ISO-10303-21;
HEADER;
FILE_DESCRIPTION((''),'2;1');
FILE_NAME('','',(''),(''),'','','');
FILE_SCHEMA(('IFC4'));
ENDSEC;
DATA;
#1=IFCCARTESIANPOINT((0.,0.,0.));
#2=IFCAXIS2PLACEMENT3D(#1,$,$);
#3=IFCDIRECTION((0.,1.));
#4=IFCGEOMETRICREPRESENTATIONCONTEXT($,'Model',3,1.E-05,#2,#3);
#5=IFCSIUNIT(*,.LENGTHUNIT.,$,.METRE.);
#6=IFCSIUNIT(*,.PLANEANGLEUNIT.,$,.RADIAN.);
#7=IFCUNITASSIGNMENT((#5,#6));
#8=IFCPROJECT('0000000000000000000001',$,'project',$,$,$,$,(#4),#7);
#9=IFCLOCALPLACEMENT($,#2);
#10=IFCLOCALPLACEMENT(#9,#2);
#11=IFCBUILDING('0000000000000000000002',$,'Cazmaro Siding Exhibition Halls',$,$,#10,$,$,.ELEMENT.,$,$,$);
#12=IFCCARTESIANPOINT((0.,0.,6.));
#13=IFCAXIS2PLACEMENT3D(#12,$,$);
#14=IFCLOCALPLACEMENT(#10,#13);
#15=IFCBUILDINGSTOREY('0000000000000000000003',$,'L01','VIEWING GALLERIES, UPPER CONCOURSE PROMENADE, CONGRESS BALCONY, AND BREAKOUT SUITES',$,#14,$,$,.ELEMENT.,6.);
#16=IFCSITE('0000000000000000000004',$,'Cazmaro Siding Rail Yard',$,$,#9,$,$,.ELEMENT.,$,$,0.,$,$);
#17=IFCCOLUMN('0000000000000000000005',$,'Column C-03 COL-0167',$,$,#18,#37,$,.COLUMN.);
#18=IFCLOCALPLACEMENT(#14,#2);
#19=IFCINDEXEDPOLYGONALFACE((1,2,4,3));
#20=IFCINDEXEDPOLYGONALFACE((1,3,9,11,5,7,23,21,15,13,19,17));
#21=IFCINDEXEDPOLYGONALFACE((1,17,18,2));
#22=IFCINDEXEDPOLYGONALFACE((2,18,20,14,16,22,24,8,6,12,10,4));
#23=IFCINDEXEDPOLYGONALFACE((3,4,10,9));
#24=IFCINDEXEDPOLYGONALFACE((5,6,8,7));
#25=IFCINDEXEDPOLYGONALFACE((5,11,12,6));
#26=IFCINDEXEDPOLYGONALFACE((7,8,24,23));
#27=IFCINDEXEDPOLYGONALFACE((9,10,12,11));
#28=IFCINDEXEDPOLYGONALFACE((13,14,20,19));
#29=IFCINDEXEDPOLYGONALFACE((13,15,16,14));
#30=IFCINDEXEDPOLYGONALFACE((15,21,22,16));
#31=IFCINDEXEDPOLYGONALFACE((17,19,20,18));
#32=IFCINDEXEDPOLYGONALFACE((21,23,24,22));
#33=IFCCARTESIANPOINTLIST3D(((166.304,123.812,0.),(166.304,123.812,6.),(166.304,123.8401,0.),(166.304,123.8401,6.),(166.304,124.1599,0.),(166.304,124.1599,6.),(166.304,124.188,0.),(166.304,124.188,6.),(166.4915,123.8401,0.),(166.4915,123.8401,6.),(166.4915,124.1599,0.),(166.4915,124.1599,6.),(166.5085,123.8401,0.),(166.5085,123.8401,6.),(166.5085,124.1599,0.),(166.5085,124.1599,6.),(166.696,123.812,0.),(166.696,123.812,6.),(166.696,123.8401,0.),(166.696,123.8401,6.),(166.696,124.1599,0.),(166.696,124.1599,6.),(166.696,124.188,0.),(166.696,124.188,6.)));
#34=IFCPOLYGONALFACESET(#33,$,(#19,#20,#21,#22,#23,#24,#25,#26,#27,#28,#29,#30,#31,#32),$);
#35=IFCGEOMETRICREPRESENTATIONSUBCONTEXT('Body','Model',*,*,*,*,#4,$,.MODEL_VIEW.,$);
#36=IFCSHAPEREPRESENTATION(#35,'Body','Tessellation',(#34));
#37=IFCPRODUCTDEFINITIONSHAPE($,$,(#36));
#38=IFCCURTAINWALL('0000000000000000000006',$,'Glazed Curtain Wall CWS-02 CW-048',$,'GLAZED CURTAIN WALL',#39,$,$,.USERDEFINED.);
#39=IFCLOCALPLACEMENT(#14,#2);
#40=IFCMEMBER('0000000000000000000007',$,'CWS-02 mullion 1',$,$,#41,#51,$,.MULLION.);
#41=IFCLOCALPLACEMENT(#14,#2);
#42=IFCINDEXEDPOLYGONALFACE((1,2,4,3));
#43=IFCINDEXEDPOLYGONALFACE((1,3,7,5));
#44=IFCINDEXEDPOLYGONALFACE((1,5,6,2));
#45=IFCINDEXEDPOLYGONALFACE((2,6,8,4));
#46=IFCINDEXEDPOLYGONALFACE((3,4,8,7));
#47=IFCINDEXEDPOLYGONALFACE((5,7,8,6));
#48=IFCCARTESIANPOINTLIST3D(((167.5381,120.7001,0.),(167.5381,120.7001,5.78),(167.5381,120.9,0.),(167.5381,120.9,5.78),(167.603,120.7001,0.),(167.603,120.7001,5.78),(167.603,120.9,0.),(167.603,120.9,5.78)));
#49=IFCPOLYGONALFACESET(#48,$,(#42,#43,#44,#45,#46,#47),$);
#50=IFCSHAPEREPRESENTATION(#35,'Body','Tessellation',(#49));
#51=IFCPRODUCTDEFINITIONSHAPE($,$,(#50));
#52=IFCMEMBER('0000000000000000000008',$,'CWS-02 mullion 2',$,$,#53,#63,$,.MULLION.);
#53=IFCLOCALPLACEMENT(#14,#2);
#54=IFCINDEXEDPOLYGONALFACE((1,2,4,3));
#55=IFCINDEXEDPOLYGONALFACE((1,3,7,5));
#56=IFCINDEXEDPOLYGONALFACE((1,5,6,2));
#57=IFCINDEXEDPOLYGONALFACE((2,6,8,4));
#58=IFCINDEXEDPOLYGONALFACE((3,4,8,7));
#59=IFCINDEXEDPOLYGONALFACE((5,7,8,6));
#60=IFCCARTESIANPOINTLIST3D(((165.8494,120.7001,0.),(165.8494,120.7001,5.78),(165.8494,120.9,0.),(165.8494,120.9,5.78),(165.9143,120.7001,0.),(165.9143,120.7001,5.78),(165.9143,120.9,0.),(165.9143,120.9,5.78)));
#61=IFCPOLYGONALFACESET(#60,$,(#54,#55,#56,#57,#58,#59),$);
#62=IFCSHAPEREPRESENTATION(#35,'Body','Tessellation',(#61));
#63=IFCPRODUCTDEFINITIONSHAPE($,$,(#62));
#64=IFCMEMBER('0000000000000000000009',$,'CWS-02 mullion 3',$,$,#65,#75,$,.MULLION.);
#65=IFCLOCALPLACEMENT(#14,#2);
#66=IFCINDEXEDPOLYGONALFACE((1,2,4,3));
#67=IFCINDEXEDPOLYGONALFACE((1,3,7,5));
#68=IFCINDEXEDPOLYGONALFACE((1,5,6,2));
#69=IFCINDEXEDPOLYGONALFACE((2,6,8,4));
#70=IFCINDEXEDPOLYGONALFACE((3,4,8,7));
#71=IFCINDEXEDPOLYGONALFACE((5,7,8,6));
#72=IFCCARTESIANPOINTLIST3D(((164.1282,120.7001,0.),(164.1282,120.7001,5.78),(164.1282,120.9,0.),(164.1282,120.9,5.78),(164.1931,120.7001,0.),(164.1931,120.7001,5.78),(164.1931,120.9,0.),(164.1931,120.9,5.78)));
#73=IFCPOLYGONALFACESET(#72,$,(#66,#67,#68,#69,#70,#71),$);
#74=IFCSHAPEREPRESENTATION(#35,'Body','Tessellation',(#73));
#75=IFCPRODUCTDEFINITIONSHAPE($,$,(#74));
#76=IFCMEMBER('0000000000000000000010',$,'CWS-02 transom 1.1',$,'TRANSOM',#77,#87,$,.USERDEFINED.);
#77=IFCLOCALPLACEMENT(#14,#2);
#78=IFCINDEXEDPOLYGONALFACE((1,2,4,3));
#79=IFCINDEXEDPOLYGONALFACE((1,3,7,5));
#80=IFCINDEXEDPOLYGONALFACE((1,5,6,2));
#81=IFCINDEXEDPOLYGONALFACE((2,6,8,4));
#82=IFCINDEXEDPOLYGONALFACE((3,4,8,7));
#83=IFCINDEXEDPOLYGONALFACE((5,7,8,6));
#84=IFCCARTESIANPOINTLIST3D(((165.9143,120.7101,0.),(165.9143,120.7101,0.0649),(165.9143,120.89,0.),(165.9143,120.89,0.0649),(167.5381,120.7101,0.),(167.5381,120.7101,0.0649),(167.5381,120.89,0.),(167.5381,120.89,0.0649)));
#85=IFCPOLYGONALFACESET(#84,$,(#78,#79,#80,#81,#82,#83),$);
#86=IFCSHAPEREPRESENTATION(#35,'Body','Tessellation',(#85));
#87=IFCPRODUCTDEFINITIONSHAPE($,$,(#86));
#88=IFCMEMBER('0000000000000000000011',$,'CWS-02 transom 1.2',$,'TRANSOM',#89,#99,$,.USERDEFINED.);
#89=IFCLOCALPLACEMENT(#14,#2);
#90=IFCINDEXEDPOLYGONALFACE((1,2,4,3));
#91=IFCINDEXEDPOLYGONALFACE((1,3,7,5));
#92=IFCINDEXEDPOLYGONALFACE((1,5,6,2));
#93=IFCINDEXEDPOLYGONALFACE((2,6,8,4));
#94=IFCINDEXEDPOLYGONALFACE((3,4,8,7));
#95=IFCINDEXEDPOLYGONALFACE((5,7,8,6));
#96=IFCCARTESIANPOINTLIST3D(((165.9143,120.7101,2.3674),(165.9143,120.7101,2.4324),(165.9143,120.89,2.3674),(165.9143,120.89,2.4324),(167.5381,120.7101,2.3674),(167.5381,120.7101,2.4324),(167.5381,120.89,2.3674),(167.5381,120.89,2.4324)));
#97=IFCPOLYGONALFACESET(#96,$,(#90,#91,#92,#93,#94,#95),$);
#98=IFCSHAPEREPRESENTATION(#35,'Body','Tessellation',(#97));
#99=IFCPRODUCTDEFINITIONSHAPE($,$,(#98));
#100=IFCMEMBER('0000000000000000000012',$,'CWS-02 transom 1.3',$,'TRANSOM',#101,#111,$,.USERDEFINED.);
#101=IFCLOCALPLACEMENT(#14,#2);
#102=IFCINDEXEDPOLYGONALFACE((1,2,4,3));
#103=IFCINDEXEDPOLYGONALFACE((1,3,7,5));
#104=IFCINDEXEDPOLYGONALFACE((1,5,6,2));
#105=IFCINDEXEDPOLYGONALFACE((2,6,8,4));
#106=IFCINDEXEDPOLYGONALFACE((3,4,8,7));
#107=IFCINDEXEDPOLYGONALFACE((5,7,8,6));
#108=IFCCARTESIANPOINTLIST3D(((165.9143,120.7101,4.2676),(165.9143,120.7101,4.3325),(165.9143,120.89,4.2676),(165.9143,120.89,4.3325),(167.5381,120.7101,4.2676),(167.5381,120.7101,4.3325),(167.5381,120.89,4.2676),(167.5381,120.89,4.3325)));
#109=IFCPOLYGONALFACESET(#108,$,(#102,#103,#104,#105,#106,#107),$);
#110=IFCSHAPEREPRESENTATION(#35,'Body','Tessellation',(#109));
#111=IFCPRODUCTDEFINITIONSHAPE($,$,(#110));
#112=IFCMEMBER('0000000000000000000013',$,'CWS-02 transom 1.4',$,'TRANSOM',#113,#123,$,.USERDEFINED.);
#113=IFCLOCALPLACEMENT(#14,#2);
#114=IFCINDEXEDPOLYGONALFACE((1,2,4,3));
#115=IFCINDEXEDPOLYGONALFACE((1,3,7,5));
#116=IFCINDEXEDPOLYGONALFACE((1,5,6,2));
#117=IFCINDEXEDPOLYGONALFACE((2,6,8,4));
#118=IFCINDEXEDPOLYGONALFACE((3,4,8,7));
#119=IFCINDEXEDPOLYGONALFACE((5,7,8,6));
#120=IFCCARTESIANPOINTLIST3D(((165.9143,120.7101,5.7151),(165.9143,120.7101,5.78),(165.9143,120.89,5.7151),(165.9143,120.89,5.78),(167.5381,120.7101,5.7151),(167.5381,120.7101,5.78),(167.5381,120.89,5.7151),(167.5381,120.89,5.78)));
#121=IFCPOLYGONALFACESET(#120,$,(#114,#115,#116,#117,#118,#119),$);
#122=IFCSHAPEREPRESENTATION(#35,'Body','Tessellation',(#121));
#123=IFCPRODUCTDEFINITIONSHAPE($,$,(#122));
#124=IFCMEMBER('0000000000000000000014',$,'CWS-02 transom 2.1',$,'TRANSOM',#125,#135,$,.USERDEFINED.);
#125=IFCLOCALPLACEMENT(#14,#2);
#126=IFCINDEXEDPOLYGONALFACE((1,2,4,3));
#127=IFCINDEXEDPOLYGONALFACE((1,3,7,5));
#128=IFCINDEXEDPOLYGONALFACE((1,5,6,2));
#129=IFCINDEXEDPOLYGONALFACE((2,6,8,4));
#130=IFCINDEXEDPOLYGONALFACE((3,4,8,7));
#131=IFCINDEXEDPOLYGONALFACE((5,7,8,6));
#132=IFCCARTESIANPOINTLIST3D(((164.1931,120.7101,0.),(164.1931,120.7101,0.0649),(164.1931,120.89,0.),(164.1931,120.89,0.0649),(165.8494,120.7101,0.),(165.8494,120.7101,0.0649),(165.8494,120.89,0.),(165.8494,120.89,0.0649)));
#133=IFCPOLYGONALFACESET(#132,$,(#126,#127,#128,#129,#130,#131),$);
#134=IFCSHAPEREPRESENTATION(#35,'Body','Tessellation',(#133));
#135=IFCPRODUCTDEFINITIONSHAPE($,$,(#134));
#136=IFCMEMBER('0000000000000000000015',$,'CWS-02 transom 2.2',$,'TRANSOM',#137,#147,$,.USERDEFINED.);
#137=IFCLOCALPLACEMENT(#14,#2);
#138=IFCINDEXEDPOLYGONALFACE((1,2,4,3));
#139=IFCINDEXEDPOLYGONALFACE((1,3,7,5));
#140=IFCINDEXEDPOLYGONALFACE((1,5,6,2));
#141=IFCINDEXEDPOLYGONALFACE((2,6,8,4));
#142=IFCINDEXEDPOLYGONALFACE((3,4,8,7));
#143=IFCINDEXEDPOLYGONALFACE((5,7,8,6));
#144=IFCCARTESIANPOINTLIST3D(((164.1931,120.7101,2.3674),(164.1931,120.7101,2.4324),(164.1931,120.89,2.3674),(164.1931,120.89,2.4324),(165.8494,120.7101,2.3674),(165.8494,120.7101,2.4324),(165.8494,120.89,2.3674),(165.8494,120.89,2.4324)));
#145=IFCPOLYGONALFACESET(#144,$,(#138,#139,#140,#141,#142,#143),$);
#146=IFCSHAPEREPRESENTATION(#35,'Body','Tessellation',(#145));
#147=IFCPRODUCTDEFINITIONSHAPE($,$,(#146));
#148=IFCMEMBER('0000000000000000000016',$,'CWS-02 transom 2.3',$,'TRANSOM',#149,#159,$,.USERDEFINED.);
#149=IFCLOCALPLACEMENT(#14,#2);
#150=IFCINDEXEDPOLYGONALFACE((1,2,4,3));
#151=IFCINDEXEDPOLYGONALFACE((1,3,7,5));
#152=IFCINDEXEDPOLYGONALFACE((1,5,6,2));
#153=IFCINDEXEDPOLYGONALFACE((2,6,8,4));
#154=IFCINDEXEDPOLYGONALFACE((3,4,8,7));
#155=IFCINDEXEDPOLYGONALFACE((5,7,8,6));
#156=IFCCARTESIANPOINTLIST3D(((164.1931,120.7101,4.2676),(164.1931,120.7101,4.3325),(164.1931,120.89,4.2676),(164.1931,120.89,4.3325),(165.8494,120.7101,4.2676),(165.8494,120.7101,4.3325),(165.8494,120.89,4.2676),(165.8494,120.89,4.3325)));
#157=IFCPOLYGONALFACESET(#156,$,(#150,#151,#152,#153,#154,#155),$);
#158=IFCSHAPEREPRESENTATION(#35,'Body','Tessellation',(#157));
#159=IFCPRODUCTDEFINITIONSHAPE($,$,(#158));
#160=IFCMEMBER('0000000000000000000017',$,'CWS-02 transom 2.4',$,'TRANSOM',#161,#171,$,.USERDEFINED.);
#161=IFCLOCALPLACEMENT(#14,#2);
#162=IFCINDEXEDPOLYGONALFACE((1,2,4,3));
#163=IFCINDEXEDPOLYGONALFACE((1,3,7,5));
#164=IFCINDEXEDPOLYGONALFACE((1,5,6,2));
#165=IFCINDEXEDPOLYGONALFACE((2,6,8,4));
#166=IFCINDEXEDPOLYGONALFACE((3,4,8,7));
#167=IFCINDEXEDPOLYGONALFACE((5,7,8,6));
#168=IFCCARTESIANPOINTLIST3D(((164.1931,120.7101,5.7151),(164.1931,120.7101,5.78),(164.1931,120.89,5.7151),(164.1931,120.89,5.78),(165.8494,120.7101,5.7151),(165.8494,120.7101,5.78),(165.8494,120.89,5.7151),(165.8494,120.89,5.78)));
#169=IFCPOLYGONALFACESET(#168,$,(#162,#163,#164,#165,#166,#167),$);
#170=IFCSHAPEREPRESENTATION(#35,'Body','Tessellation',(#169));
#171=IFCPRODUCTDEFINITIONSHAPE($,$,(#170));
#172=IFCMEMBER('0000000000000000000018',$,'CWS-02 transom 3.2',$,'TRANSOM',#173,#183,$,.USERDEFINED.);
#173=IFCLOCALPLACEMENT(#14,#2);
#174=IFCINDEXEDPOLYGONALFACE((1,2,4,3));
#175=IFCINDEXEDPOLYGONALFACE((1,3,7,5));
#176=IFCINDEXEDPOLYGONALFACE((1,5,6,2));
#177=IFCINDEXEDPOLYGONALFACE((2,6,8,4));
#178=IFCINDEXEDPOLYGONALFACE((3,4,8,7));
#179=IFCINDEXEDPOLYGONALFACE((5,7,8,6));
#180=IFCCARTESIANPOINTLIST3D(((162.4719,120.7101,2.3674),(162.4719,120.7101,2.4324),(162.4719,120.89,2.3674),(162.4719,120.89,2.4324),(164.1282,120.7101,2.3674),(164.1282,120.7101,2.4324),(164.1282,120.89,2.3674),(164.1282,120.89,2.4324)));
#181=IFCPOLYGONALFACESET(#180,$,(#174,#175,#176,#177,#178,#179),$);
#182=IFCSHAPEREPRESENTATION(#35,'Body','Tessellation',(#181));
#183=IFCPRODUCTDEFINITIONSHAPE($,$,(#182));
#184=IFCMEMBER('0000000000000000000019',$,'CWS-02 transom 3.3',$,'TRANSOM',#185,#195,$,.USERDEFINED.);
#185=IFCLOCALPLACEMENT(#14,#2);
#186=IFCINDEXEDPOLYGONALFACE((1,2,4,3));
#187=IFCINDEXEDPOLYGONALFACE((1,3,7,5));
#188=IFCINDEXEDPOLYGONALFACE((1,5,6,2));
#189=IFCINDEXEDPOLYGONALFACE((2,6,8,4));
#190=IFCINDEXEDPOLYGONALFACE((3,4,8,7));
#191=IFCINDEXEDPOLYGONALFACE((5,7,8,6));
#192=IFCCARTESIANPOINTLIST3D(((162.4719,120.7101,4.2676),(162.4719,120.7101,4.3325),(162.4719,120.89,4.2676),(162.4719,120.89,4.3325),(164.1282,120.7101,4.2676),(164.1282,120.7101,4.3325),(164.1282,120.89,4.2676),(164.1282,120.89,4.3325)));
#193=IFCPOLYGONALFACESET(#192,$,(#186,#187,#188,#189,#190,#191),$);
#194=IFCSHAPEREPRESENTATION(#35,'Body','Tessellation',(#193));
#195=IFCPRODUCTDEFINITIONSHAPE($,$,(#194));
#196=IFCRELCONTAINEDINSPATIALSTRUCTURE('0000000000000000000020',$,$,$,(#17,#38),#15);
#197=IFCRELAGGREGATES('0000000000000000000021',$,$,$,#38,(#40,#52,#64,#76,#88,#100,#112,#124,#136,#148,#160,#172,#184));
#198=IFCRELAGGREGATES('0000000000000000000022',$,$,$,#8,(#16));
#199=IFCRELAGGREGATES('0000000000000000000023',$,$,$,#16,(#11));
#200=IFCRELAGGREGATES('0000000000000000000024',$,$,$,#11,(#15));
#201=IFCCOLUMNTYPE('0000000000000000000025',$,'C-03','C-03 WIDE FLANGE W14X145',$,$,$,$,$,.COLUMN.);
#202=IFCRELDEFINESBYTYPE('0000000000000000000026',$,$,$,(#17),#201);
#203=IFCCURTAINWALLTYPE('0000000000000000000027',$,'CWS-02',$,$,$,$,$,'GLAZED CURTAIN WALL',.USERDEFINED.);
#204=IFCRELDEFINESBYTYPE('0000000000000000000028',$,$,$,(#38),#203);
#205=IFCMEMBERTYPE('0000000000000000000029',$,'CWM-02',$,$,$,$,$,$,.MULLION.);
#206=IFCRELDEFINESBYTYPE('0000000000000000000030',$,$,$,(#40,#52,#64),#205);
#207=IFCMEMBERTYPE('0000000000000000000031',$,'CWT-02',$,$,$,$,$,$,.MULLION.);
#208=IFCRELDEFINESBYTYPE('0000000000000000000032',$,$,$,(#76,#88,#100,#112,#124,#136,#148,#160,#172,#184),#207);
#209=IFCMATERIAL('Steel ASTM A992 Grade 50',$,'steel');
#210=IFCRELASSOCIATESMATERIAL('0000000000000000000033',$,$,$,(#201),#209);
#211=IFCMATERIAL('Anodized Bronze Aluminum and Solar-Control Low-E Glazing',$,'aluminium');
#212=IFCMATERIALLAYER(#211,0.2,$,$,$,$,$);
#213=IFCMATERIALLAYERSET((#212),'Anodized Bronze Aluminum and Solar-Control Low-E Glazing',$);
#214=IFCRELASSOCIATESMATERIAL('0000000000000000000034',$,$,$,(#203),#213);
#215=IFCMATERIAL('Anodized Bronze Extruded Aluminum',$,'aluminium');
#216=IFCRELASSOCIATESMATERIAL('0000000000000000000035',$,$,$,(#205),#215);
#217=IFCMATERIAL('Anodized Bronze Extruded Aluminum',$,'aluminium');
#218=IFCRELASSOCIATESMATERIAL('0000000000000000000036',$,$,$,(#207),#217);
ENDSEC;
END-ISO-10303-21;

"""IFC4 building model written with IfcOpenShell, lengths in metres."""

from ifc_helpers import new_model, si_unit, direction, frame, origin, origin_2d, place, context, subcontext, project, spatial, rectangle, i_section, extrude, material, layer, layer_set, material_profile, profile_set, type_object, element, aggregate, save


model = new_model("IFC4")

# Units and contexts
model_context = context("Model", 3, precision=1e-05, world=origin(), true_north=direction((0.0, 1.0)))
body_context = subcontext(model_context, "Body", "Model", "MODEL_VIEW")
ifc_project = project(units=[si_unit("LENGTHUNIT", "METRE"), si_unit("PLANEANGLEUNIT", "RADIAN")], contexts=[model_context])

# Site, building, storey
site_placement = place(None, origin())
site = spatial("IfcSite", under=ifc_project, at=site_placement, Name="Cazmaro Siding Rail Yard", CompositionType="ELEMENT", RefElevation=0.0)
building_placement = place(site_placement, origin())
building = spatial("IfcBuilding", under=site, at=building_placement, Name="Cazmaro Siding Exhibition Halls", CompositionType="ELEMENT")
storey_placement = place(building_placement, frame((0.0, 0.0, 6.0)))
storey = spatial("IfcBuildingStorey", under=building, at=storey_placement, Name="L01", Description="VIEWING GALLERIES, UPPER CONCOURSE PROMENADE, CONGRESS BALCONY, AND BREAKOUT SUITES", CompositionType="ELEMENT", Elevation=6.0)

# Column
ifc_material_1 = material(Name="Steel ASTM A992 Grade 50", Category="steel")
ifc_material_profile_1 = material_profile(ifc_material_1, i_section(OverallWidth=0.3921, OverallDepth=0.376, WebThickness=0.0171, FlangeThickness=0.0281, at=origin_2d()), Name="W14X145")
ifc_profile_set_1 = profile_set([ifc_material_profile_1], Name="Steel ASTM A992 Grade 50")
column_type = type_object("IfcColumnType", Name="C-03", Description="C-03 WIDE FLANGE W14X145", PredefinedType="COLUMN", material=ifc_profile_set_1)
column_placement = place(storey_placement, frame((166.5, 124.0, 0.0), z_axis=(0.0, 0.0, 1.0), x_axis=(1.0, 0.0, 0.0)))
element("IfcColumn", 1, at=column_placement, inside=storey, type_object=column_type, Name="Column C-03 COL-0167", PredefinedType="COLUMN", context=body_context, shape_type="SweptSolid", body=[
    extrude(i_section(OverallWidth=0.3921, OverallDepth=0.376, WebThickness=0.0171, FlangeThickness=0.0281, at=origin_2d()), origin(), (0.0, 0.0, 1.0), 6.0),
])

# Curtain wall, members
ifc_material_2 = material(Name="Anodized Bronze Aluminum and Solar-Control Low-E Glazing", Category="aluminium")
ifc_layer_1 = layer(ifc_material_2, 0.2)
ifc_layer_set_1 = layer_set([ifc_layer_1], Name="Anodized Bronze Aluminum and Solar-Control Low-E Glazing")
curtain_wall_type = type_object("IfcCurtainWallType", Name="CWS-02", ElementType="GLAZED CURTAIN WALL", PredefinedType="USERDEFINED", material=ifc_layer_set_1)
curtain_wall_placement = place(storey_placement, origin())
curtain_wall = element("IfcCurtainWall", 2, at=curtain_wall_placement, inside=storey, type_object=curtain_wall_type, Name="Glazed Curtain Wall CWS-02 CW-048", ObjectType="GLAZED CURTAIN WALL", PredefinedType="USERDEFINED")
ifc_material_3 = material(Name="Anodized Bronze Extruded Aluminum", Category="aluminium")
ifc_material_profile_2 = material_profile(ifc_material_3, rectangle(XDim=0.2, YDim=0.0649, at=origin_2d()), Name="CWM-02")
ifc_profile_set_2 = profile_set([ifc_material_profile_2], Name="Anodized Bronze Extruded Aluminum")
member_type_1 = type_object("IfcMemberType", Name="CWM-02", PredefinedType="MULLION", material=ifc_profile_set_2)
member_1_placement = place(storey_placement, frame((167.5706, 120.8, 0.0), z_axis=(0.0, 0.0, 1.0), x_axis=(0.0, -1.0, 0.0)))
member_1 = element("IfcMember", 3, at=member_1_placement, type_object=member_type_1, Name="CWS-02 mullion 1", PredefinedType="MULLION", context=body_context, shape_type="SweptSolid", body=[
    extrude(rectangle(XDim=0.2, YDim=0.0649, at=origin_2d()), origin(), (0.0, 0.0, 1.0), 5.78),
])
member_2_placement = place(storey_placement, frame((165.8818, 120.8, 0.0), z_axis=(0.0, 0.0, 1.0), x_axis=(0.0, -1.0, 0.0)))
member_2 = element("IfcMember", 4, at=member_2_placement, type_object=member_type_1, Name="CWS-02 mullion 2", PredefinedType="MULLION", context=body_context, shape_type="SweptSolid", body=[
    extrude(rectangle(XDim=0.2, YDim=0.0649, at=origin_2d()), origin(), (0.0, 0.0, 1.0), 5.78),
])
member_3_placement = place(storey_placement, frame((164.1606, 120.8, 0.0), z_axis=(0.0, 0.0, 1.0), x_axis=(0.0, -1.0, 0.0)))
member_3 = element("IfcMember", 5, at=member_3_placement, type_object=member_type_1, Name="CWS-02 mullion 3", PredefinedType="MULLION", context=body_context, shape_type="SweptSolid", body=[
    extrude(rectangle(XDim=0.2, YDim=0.0649, at=origin_2d()), origin(), (0.0, 0.0, 1.0), 5.78),
])
ifc_material_4 = material(Name="Anodized Bronze Extruded Aluminum", Category="aluminium")
ifc_material_profile_3 = material_profile(ifc_material_4, rectangle(XDim=0.1799, YDim=0.0649, at=origin_2d()), Name="CWT-02")
ifc_profile_set_3 = profile_set([ifc_material_profile_3], Name="Anodized Bronze Extruded Aluminum")
member_type_2 = type_object("IfcMemberType", Name="CWT-02", PredefinedType="MULLION", material=ifc_profile_set_3)
member_4_placement = place(storey_placement, frame((167.5381, 120.8, 0.0325), z_axis=(-1.0, 0.0, 0.0), x_axis=(0.0, -1.0, 0.0)))
member_4 = element("IfcMember", 6, at=member_4_placement, type_object=member_type_2, Name="CWS-02 transom 1.1", ObjectType="TRANSOM", PredefinedType="USERDEFINED", context=body_context, shape_type="SweptSolid", body=[
    extrude(rectangle(XDim=0.1799, YDim=0.0649, at=origin_2d()), origin(), (0.0, 0.0, 1.0), 1.6238),
])
member_5_placement = place(storey_placement, frame((167.5381, 120.8, 2.3999), z_axis=(-1.0, 0.0, 0.0), x_axis=(0.0, -1.0, 0.0)))
member_5 = element("IfcMember", 7, at=member_5_placement, type_object=member_type_2, Name="CWS-02 transom 1.2", ObjectType="TRANSOM", PredefinedType="USERDEFINED", context=body_context, shape_type="SweptSolid", body=[
    extrude(rectangle(XDim=0.1799, YDim=0.0649, at=origin_2d()), origin(), (0.0, 0.0, 1.0), 1.6238),
])
member_6_placement = place(storey_placement, frame((167.5381, 120.8, 4.3), z_axis=(-1.0, 0.0, 0.0), x_axis=(0.0, -1.0, 0.0)))
member_6 = element("IfcMember", 8, at=member_6_placement, type_object=member_type_2, Name="CWS-02 transom 1.3", ObjectType="TRANSOM", PredefinedType="USERDEFINED", context=body_context, shape_type="SweptSolid", body=[
    extrude(rectangle(XDim=0.1799, YDim=0.0649, at=origin_2d()), origin(), (0.0, 0.0, 1.0), 1.6238),
])
member_7_placement = place(storey_placement, frame((167.5381, 120.8, 5.7476), z_axis=(-1.0, 0.0, 0.0), x_axis=(0.0, -1.0, 0.0)))
member_7 = element("IfcMember", 9, at=member_7_placement, type_object=member_type_2, Name="CWS-02 transom 1.4", ObjectType="TRANSOM", PredefinedType="USERDEFINED", context=body_context, shape_type="SweptSolid", body=[
    extrude(rectangle(XDim=0.1799, YDim=0.0649, at=origin_2d()), origin(), (0.0, 0.0, 1.0), 1.6238),
])
member_8_placement = place(storey_placement, frame((165.8494, 120.8, 0.0325), z_axis=(-1.0, 0.0, 0.0), x_axis=(0.0, -1.0, 0.0)))
member_8 = element("IfcMember", 10, at=member_8_placement, type_object=member_type_2, Name="CWS-02 transom 2.1", ObjectType="TRANSOM", PredefinedType="USERDEFINED", context=body_context, shape_type="SweptSolid", body=[
    extrude(rectangle(XDim=0.1799, YDim=0.0649, at=origin_2d()), origin(), (0.0, 0.0, 1.0), 1.6562),
])
member_9_placement = place(storey_placement, frame((165.8494, 120.8, 2.3999), z_axis=(-1.0, 0.0, 0.0), x_axis=(0.0, -1.0, 0.0)))
member_9 = element("IfcMember", 11, at=member_9_placement, type_object=member_type_2, Name="CWS-02 transom 2.2", ObjectType="TRANSOM", PredefinedType="USERDEFINED", context=body_context, shape_type="SweptSolid", body=[
    extrude(rectangle(XDim=0.1799, YDim=0.0649, at=origin_2d()), origin(), (0.0, 0.0, 1.0), 1.6562),
])
member_10_placement = place(storey_placement, frame((165.8494, 120.8, 4.3), z_axis=(-1.0, 0.0, 0.0), x_axis=(0.0, -1.0, 0.0)))
member_10 = element("IfcMember", 12, at=member_10_placement, type_object=member_type_2, Name="CWS-02 transom 2.3", ObjectType="TRANSOM", PredefinedType="USERDEFINED", context=body_context, shape_type="SweptSolid", body=[
    extrude(rectangle(XDim=0.1799, YDim=0.0649, at=origin_2d()), origin(), (0.0, 0.0, 1.0), 1.6562),
])
member_11_placement = place(storey_placement, frame((165.8494, 120.8, 5.7476), z_axis=(-1.0, 0.0, 0.0), x_axis=(0.0, -1.0, 0.0)))
member_11 = element("IfcMember", 13, at=member_11_placement, type_object=member_type_2, Name="CWS-02 transom 2.4", ObjectType="TRANSOM", PredefinedType="USERDEFINED", context=body_context, shape_type="SweptSolid", body=[
    extrude(rectangle(XDim=0.1799, YDim=0.0649, at=origin_2d()), origin(), (0.0, 0.0, 1.0), 1.6562),
])
member_12_placement = place(storey_placement, frame((164.1282, 120.8, 2.3999), z_axis=(-1.0, 0.0, 0.0), x_axis=(0.0, -1.0, 0.0)))
member_12 = element("IfcMember", 14, at=member_12_placement, type_object=member_type_2, Name="CWS-02 transom 3.2", ObjectType="TRANSOM", PredefinedType="USERDEFINED", context=body_context, shape_type="SweptSolid", body=[
    extrude(rectangle(XDim=0.1799, YDim=0.0649, at=origin_2d()), origin(), (0.0, 0.0, 1.0), 1.6562),
])
member_13_placement = place(storey_placement, frame((164.1282, 120.8, 4.3), z_axis=(-1.0, 0.0, 0.0), x_axis=(0.0, -1.0, 0.0)))
member_13 = element("IfcMember", 15, at=member_13_placement, type_object=member_type_2, Name="CWS-02 transom 3.3", ObjectType="TRANSOM", PredefinedType="USERDEFINED", context=body_context, shape_type="SweptSolid", body=[
    extrude(rectangle(XDim=0.1799, YDim=0.0649, at=origin_2d()), origin(), (0.0, 0.0, 1.0), 1.6562),
])

aggregate(curtain_wall, [member_1, member_2, member_3, member_4, member_5, member_6, member_7, member_8, member_9, member_10, member_11, member_12, member_13])

save(model, "model.ifc")
